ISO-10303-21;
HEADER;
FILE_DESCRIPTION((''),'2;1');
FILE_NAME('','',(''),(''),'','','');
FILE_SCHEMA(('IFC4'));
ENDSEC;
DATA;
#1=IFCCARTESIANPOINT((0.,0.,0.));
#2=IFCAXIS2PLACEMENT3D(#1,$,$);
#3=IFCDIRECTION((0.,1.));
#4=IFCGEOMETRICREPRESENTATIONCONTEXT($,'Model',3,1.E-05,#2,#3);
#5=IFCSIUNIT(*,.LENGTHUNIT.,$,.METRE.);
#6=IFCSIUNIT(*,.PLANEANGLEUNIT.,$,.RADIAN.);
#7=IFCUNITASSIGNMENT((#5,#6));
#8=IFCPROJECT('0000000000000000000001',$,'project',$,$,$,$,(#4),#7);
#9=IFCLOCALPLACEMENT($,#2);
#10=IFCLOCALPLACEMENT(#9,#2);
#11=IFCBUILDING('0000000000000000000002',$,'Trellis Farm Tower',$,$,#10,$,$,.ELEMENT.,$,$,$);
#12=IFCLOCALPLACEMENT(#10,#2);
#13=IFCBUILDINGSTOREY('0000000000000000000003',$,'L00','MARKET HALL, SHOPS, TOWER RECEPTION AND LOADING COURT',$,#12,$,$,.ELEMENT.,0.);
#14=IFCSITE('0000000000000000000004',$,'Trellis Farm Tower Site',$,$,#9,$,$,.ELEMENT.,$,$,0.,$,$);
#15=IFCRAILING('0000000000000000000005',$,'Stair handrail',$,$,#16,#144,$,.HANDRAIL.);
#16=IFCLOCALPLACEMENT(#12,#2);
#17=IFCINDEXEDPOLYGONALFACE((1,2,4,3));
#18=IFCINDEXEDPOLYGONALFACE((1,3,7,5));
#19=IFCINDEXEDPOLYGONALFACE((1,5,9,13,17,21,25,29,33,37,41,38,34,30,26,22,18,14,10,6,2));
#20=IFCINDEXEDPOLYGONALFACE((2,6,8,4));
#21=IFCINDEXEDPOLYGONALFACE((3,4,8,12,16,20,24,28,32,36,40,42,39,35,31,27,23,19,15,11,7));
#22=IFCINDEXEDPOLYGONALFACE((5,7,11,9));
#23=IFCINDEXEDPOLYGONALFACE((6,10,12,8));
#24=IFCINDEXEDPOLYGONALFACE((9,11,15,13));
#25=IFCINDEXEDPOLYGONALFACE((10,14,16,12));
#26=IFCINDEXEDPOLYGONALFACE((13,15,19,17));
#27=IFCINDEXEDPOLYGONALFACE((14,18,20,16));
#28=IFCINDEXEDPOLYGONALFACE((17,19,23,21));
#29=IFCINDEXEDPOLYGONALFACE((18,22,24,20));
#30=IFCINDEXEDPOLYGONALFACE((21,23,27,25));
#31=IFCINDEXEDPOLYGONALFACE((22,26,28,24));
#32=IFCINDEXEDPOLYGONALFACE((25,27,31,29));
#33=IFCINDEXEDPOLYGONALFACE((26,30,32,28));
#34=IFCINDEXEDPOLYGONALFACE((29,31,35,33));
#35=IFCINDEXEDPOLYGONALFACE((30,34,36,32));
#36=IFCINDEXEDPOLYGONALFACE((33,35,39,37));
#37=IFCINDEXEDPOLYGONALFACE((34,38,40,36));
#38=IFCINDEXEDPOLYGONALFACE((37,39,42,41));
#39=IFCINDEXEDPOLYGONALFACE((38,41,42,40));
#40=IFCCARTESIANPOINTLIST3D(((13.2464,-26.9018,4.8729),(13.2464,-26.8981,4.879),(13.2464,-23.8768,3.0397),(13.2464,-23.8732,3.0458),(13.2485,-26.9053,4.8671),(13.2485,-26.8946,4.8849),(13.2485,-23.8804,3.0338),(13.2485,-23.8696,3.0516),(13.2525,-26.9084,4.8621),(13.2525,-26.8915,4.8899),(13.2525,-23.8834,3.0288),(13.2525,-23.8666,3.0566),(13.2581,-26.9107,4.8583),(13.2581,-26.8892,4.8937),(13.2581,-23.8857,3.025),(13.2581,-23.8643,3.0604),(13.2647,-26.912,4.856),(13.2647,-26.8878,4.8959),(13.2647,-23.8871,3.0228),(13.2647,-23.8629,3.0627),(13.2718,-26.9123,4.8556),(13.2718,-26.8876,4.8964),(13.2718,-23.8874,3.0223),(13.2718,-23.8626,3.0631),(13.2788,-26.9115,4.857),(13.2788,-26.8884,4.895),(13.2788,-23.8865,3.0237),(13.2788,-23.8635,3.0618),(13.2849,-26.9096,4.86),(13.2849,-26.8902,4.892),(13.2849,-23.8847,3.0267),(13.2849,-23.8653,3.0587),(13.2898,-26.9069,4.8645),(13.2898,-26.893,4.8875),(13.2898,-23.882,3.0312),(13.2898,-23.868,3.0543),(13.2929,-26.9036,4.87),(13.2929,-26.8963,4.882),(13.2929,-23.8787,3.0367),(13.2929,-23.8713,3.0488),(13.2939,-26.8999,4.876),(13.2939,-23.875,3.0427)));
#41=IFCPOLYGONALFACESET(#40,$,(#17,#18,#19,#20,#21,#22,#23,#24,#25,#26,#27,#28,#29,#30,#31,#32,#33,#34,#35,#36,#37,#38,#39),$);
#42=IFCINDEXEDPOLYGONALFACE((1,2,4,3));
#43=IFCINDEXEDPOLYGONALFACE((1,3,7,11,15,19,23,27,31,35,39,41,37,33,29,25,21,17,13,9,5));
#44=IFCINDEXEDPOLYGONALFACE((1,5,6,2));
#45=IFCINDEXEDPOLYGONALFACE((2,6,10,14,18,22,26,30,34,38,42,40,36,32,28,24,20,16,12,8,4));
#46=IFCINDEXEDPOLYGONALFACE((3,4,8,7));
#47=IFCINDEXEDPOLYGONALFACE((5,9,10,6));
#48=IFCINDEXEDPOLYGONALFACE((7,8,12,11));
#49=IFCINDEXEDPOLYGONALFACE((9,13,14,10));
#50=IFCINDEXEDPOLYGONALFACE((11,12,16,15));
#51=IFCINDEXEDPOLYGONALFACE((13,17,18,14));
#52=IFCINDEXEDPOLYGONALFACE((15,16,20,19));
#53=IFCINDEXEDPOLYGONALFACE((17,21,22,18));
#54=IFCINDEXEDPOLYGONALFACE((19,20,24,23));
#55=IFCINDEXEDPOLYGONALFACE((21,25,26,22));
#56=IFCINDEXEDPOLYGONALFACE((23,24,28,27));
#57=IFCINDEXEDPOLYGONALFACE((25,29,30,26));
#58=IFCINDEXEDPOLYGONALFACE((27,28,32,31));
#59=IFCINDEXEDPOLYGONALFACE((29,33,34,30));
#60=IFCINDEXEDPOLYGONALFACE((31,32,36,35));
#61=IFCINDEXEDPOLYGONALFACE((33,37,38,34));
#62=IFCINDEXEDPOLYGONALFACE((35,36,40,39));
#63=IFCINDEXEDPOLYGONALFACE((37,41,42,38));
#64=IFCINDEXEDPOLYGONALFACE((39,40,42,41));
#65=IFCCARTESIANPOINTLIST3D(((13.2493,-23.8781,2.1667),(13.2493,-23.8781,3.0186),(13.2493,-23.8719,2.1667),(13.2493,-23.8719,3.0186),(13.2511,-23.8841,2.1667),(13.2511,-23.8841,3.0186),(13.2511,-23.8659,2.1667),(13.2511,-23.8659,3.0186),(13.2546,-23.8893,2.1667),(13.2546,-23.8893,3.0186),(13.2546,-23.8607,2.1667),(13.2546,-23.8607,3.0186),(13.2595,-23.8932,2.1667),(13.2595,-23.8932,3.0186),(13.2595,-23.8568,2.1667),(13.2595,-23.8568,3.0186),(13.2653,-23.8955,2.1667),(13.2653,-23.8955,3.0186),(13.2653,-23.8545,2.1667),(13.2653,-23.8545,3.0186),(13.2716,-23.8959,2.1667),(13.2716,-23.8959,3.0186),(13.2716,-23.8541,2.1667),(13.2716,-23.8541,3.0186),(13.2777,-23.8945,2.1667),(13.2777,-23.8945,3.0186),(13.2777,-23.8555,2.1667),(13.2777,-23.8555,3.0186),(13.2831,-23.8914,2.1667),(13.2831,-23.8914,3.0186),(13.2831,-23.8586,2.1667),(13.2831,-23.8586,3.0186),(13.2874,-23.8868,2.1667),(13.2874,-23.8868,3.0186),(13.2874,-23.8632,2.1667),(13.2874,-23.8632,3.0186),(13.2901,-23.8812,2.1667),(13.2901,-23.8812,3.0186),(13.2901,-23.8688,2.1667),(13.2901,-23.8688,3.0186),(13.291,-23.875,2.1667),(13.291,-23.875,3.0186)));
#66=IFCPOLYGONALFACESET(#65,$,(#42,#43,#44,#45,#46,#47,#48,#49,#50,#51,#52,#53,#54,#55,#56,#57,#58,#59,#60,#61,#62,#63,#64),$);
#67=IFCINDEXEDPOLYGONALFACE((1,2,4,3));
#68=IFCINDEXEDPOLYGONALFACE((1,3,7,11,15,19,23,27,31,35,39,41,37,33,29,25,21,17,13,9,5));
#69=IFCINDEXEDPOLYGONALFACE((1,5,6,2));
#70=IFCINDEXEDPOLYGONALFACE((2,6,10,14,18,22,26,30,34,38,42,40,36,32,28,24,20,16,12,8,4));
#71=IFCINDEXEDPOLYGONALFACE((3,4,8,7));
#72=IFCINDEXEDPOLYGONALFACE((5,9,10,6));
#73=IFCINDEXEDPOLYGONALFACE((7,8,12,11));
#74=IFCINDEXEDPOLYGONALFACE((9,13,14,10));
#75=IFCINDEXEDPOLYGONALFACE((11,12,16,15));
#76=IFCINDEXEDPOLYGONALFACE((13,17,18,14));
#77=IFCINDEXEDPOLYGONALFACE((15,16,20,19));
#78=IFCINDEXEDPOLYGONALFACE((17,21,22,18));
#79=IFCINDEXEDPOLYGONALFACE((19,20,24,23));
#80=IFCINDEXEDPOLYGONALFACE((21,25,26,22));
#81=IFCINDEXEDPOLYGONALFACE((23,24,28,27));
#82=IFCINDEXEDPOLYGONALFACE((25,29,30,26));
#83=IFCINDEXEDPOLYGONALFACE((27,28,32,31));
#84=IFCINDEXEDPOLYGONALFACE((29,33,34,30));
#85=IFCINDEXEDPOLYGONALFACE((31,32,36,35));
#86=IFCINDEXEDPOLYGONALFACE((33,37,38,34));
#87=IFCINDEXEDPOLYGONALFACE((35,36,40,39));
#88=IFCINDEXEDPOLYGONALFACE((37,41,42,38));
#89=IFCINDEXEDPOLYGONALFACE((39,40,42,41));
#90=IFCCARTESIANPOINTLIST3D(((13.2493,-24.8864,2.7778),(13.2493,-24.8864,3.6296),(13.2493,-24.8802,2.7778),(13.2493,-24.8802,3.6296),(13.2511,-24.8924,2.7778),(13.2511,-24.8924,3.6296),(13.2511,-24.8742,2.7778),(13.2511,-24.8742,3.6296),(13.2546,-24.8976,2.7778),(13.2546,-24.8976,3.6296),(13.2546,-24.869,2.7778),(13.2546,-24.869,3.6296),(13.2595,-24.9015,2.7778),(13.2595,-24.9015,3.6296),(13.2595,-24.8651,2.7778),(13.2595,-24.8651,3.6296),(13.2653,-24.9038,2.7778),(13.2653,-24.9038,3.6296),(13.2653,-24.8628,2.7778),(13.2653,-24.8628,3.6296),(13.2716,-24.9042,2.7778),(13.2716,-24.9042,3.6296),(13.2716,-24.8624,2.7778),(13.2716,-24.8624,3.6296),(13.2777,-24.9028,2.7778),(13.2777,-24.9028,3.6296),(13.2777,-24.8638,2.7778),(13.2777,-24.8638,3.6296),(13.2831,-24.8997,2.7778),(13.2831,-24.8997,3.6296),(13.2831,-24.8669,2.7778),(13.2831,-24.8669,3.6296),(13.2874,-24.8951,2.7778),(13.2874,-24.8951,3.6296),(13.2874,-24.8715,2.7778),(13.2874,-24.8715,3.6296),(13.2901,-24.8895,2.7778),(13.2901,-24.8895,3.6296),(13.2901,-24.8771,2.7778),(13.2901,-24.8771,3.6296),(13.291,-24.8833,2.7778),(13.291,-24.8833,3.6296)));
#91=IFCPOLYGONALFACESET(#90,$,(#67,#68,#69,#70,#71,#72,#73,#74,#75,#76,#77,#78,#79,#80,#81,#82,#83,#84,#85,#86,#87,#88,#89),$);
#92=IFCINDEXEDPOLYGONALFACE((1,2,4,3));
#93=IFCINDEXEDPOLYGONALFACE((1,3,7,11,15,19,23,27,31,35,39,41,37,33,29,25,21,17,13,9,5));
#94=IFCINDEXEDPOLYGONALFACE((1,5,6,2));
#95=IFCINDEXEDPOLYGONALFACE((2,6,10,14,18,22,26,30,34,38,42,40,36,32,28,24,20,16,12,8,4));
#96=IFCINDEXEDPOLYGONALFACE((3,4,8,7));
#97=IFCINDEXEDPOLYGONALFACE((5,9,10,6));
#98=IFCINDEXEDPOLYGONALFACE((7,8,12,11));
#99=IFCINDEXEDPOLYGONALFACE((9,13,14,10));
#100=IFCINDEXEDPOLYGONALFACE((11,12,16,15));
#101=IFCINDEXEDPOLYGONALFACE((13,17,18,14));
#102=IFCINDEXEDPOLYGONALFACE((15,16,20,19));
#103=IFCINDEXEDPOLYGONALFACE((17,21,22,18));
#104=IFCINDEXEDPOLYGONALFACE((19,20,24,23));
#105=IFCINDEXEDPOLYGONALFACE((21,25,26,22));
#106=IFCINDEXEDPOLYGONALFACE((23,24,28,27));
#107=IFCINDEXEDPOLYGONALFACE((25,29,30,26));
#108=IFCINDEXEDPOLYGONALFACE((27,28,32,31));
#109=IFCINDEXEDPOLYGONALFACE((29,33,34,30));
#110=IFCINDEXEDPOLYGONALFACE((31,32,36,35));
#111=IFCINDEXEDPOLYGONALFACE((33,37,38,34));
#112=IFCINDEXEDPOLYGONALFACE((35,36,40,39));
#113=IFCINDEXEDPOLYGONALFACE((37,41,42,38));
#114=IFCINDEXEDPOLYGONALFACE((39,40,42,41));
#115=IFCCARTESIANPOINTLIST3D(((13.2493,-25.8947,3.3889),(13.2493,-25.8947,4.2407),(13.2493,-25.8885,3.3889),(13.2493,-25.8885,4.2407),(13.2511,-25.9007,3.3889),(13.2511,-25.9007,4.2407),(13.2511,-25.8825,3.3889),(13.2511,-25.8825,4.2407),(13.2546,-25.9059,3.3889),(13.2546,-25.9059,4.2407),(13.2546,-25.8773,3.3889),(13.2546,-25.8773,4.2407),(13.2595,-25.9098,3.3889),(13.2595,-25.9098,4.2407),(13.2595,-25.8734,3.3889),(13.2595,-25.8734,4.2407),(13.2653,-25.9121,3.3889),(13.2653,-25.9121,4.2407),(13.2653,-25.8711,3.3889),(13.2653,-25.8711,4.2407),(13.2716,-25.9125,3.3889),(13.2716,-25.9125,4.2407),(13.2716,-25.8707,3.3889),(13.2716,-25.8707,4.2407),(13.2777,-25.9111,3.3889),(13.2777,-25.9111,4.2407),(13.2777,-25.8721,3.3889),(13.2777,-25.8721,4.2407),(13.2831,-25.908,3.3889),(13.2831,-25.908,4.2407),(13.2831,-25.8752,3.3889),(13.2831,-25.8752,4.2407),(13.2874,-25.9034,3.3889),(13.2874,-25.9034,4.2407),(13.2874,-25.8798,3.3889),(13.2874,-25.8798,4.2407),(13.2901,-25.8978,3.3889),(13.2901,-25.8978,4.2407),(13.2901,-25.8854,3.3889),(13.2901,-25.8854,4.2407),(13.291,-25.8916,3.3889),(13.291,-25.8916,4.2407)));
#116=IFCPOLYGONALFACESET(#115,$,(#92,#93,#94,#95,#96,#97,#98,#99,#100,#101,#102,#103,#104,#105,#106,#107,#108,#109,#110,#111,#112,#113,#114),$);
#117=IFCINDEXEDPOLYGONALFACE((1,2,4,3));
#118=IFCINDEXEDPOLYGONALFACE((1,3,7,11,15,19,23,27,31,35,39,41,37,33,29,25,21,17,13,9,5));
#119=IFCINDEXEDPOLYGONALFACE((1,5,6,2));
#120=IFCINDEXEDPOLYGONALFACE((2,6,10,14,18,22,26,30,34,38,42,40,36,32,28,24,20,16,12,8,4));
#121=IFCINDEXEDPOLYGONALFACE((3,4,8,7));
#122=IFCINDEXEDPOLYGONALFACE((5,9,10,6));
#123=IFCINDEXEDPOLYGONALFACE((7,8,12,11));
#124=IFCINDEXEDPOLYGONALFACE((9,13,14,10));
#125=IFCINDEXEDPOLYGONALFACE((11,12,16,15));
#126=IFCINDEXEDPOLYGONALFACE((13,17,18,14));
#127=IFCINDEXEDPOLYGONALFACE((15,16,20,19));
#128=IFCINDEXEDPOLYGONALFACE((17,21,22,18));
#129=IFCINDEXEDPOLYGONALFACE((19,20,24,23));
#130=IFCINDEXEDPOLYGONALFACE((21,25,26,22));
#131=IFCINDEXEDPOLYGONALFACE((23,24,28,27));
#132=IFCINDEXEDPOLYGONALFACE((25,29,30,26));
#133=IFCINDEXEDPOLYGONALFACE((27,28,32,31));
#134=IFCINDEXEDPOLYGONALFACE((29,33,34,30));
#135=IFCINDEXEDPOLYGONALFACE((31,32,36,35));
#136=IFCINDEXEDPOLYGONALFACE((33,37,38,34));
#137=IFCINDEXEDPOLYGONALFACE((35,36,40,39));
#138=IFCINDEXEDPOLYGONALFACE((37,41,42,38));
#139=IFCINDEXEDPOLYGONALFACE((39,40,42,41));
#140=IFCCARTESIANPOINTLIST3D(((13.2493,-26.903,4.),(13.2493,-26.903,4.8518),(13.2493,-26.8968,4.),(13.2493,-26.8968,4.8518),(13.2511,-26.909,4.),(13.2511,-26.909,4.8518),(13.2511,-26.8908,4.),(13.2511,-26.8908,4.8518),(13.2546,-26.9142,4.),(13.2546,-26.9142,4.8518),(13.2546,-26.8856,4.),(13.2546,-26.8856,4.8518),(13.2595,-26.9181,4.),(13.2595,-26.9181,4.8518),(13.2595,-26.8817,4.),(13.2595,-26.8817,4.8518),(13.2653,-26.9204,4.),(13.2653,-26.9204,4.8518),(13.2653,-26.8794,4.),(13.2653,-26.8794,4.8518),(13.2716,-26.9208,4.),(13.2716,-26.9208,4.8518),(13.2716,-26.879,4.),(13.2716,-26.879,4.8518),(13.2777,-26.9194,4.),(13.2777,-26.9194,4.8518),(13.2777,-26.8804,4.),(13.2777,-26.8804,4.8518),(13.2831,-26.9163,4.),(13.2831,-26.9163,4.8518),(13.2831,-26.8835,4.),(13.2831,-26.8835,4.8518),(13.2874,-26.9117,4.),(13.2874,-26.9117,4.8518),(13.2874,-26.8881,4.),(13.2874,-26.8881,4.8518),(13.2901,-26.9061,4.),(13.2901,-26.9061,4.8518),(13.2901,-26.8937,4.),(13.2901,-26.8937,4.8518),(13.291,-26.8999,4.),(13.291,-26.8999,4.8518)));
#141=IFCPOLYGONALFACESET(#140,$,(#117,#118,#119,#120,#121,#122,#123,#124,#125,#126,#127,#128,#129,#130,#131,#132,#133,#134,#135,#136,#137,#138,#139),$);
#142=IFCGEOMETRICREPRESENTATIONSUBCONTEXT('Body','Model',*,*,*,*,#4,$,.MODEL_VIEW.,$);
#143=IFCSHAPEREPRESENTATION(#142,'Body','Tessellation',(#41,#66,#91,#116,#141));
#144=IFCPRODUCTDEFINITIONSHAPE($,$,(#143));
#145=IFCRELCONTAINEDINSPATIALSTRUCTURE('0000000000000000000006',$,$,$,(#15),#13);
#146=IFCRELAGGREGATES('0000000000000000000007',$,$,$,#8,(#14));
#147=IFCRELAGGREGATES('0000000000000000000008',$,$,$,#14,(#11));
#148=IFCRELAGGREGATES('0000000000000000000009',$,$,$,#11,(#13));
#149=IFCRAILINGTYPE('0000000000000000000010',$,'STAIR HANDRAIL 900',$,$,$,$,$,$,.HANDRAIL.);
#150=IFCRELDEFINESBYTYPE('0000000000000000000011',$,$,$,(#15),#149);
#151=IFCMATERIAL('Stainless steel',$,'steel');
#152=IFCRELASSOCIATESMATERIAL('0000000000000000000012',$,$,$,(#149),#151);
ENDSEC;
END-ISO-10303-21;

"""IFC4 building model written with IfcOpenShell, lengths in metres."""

from ifc_helpers import new_model, si_unit, direction, frame, origin, origin_2d, place, context, subcontext, project, spatial, circle, extrude, source, transform, mapped, material, type_object, element, save


model = new_model("IFC4")

# Units and contexts
model_context = context("Model", 3, precision=1e-05, world=origin(), true_north=direction((0.0, 1.0)))
body_context = subcontext(model_context, "Body", "Model", "MODEL_VIEW")
ifc_project = project(units=[si_unit("LENGTHUNIT", "METRE"), si_unit("PLANEANGLEUNIT", "RADIAN")], contexts=[model_context])

# Site, building, storey
site_placement = place(None, origin())
site = spatial("IfcSite", under=ifc_project, at=site_placement, Name="Trellis Farm Tower Site", CompositionType="ELEMENT", RefElevation=0.0)
building_placement = place(site_placement, origin())
building = spatial("IfcBuilding", under=site, at=building_placement, Name="Trellis Farm Tower", CompositionType="ELEMENT")
storey_placement = place(building_placement, origin())
storey = spatial("IfcBuildingStorey", under=building, at=storey_placement, Name="L00", Description="MARKET HALL, SHOPS, TOWER RECEPTION AND LOADING COURT", CompositionType="ELEMENT", Elevation=0.0)

# Railing
ifc_material_1 = material(Name="Stainless steel", Category="steel")
railing_type = type_object("IfcRailingType", Name="STAIR HANDRAIL 900", PredefinedType="HANDRAIL", material=ifc_material_1)
shared_shape_1 = source(origin(), body_context, "Body", "SweptSolid", [
    extrude(circle(Radius=0.0239, at=origin_2d()), frame((0.0, 0.0, 0.876), z_axis=(0.0, -0.855201, 0.518297), x_axis=(1.0, 0.0, 0.0)), (0.0, 0.0, 1.0), 3.5371),
    extrude(circle(Radius=0.021, at=origin_2d()), origin(), (0.0, 0.0, 1.0), 0.8518),
    extrude(circle(Radius=0.021, at=origin_2d()), frame((0.0, -1.0083, 0.6111)), (0.0, 0.0, 1.0), 0.8518),
    extrude(circle(Radius=0.021, at=origin_2d()), frame((0.0, -2.0166, 1.2222)), (0.0, 0.0, 1.0), 0.8518),
    extrude(circle(Radius=0.021, at=origin_2d()), frame((0.0, -3.0249, 1.8333)), (0.0, 0.0, 1.0), 0.8518),
])
for number, where, name in (
    (1, (13.27, -23.875, 2.1667), "Stair handrail"),
):
    element("IfcRailing", number, at=place(storey_placement, frame(where)), inside=storey, type_object=railing_type, Name=name, PredefinedType="HANDRAIL", context=body_context, shape_type="MappedRepresentation", body=[
        mapped(shared_shape_1, transform((0.0, 0.0, 0.0))),
    ])

save(model, "model.ifc")
